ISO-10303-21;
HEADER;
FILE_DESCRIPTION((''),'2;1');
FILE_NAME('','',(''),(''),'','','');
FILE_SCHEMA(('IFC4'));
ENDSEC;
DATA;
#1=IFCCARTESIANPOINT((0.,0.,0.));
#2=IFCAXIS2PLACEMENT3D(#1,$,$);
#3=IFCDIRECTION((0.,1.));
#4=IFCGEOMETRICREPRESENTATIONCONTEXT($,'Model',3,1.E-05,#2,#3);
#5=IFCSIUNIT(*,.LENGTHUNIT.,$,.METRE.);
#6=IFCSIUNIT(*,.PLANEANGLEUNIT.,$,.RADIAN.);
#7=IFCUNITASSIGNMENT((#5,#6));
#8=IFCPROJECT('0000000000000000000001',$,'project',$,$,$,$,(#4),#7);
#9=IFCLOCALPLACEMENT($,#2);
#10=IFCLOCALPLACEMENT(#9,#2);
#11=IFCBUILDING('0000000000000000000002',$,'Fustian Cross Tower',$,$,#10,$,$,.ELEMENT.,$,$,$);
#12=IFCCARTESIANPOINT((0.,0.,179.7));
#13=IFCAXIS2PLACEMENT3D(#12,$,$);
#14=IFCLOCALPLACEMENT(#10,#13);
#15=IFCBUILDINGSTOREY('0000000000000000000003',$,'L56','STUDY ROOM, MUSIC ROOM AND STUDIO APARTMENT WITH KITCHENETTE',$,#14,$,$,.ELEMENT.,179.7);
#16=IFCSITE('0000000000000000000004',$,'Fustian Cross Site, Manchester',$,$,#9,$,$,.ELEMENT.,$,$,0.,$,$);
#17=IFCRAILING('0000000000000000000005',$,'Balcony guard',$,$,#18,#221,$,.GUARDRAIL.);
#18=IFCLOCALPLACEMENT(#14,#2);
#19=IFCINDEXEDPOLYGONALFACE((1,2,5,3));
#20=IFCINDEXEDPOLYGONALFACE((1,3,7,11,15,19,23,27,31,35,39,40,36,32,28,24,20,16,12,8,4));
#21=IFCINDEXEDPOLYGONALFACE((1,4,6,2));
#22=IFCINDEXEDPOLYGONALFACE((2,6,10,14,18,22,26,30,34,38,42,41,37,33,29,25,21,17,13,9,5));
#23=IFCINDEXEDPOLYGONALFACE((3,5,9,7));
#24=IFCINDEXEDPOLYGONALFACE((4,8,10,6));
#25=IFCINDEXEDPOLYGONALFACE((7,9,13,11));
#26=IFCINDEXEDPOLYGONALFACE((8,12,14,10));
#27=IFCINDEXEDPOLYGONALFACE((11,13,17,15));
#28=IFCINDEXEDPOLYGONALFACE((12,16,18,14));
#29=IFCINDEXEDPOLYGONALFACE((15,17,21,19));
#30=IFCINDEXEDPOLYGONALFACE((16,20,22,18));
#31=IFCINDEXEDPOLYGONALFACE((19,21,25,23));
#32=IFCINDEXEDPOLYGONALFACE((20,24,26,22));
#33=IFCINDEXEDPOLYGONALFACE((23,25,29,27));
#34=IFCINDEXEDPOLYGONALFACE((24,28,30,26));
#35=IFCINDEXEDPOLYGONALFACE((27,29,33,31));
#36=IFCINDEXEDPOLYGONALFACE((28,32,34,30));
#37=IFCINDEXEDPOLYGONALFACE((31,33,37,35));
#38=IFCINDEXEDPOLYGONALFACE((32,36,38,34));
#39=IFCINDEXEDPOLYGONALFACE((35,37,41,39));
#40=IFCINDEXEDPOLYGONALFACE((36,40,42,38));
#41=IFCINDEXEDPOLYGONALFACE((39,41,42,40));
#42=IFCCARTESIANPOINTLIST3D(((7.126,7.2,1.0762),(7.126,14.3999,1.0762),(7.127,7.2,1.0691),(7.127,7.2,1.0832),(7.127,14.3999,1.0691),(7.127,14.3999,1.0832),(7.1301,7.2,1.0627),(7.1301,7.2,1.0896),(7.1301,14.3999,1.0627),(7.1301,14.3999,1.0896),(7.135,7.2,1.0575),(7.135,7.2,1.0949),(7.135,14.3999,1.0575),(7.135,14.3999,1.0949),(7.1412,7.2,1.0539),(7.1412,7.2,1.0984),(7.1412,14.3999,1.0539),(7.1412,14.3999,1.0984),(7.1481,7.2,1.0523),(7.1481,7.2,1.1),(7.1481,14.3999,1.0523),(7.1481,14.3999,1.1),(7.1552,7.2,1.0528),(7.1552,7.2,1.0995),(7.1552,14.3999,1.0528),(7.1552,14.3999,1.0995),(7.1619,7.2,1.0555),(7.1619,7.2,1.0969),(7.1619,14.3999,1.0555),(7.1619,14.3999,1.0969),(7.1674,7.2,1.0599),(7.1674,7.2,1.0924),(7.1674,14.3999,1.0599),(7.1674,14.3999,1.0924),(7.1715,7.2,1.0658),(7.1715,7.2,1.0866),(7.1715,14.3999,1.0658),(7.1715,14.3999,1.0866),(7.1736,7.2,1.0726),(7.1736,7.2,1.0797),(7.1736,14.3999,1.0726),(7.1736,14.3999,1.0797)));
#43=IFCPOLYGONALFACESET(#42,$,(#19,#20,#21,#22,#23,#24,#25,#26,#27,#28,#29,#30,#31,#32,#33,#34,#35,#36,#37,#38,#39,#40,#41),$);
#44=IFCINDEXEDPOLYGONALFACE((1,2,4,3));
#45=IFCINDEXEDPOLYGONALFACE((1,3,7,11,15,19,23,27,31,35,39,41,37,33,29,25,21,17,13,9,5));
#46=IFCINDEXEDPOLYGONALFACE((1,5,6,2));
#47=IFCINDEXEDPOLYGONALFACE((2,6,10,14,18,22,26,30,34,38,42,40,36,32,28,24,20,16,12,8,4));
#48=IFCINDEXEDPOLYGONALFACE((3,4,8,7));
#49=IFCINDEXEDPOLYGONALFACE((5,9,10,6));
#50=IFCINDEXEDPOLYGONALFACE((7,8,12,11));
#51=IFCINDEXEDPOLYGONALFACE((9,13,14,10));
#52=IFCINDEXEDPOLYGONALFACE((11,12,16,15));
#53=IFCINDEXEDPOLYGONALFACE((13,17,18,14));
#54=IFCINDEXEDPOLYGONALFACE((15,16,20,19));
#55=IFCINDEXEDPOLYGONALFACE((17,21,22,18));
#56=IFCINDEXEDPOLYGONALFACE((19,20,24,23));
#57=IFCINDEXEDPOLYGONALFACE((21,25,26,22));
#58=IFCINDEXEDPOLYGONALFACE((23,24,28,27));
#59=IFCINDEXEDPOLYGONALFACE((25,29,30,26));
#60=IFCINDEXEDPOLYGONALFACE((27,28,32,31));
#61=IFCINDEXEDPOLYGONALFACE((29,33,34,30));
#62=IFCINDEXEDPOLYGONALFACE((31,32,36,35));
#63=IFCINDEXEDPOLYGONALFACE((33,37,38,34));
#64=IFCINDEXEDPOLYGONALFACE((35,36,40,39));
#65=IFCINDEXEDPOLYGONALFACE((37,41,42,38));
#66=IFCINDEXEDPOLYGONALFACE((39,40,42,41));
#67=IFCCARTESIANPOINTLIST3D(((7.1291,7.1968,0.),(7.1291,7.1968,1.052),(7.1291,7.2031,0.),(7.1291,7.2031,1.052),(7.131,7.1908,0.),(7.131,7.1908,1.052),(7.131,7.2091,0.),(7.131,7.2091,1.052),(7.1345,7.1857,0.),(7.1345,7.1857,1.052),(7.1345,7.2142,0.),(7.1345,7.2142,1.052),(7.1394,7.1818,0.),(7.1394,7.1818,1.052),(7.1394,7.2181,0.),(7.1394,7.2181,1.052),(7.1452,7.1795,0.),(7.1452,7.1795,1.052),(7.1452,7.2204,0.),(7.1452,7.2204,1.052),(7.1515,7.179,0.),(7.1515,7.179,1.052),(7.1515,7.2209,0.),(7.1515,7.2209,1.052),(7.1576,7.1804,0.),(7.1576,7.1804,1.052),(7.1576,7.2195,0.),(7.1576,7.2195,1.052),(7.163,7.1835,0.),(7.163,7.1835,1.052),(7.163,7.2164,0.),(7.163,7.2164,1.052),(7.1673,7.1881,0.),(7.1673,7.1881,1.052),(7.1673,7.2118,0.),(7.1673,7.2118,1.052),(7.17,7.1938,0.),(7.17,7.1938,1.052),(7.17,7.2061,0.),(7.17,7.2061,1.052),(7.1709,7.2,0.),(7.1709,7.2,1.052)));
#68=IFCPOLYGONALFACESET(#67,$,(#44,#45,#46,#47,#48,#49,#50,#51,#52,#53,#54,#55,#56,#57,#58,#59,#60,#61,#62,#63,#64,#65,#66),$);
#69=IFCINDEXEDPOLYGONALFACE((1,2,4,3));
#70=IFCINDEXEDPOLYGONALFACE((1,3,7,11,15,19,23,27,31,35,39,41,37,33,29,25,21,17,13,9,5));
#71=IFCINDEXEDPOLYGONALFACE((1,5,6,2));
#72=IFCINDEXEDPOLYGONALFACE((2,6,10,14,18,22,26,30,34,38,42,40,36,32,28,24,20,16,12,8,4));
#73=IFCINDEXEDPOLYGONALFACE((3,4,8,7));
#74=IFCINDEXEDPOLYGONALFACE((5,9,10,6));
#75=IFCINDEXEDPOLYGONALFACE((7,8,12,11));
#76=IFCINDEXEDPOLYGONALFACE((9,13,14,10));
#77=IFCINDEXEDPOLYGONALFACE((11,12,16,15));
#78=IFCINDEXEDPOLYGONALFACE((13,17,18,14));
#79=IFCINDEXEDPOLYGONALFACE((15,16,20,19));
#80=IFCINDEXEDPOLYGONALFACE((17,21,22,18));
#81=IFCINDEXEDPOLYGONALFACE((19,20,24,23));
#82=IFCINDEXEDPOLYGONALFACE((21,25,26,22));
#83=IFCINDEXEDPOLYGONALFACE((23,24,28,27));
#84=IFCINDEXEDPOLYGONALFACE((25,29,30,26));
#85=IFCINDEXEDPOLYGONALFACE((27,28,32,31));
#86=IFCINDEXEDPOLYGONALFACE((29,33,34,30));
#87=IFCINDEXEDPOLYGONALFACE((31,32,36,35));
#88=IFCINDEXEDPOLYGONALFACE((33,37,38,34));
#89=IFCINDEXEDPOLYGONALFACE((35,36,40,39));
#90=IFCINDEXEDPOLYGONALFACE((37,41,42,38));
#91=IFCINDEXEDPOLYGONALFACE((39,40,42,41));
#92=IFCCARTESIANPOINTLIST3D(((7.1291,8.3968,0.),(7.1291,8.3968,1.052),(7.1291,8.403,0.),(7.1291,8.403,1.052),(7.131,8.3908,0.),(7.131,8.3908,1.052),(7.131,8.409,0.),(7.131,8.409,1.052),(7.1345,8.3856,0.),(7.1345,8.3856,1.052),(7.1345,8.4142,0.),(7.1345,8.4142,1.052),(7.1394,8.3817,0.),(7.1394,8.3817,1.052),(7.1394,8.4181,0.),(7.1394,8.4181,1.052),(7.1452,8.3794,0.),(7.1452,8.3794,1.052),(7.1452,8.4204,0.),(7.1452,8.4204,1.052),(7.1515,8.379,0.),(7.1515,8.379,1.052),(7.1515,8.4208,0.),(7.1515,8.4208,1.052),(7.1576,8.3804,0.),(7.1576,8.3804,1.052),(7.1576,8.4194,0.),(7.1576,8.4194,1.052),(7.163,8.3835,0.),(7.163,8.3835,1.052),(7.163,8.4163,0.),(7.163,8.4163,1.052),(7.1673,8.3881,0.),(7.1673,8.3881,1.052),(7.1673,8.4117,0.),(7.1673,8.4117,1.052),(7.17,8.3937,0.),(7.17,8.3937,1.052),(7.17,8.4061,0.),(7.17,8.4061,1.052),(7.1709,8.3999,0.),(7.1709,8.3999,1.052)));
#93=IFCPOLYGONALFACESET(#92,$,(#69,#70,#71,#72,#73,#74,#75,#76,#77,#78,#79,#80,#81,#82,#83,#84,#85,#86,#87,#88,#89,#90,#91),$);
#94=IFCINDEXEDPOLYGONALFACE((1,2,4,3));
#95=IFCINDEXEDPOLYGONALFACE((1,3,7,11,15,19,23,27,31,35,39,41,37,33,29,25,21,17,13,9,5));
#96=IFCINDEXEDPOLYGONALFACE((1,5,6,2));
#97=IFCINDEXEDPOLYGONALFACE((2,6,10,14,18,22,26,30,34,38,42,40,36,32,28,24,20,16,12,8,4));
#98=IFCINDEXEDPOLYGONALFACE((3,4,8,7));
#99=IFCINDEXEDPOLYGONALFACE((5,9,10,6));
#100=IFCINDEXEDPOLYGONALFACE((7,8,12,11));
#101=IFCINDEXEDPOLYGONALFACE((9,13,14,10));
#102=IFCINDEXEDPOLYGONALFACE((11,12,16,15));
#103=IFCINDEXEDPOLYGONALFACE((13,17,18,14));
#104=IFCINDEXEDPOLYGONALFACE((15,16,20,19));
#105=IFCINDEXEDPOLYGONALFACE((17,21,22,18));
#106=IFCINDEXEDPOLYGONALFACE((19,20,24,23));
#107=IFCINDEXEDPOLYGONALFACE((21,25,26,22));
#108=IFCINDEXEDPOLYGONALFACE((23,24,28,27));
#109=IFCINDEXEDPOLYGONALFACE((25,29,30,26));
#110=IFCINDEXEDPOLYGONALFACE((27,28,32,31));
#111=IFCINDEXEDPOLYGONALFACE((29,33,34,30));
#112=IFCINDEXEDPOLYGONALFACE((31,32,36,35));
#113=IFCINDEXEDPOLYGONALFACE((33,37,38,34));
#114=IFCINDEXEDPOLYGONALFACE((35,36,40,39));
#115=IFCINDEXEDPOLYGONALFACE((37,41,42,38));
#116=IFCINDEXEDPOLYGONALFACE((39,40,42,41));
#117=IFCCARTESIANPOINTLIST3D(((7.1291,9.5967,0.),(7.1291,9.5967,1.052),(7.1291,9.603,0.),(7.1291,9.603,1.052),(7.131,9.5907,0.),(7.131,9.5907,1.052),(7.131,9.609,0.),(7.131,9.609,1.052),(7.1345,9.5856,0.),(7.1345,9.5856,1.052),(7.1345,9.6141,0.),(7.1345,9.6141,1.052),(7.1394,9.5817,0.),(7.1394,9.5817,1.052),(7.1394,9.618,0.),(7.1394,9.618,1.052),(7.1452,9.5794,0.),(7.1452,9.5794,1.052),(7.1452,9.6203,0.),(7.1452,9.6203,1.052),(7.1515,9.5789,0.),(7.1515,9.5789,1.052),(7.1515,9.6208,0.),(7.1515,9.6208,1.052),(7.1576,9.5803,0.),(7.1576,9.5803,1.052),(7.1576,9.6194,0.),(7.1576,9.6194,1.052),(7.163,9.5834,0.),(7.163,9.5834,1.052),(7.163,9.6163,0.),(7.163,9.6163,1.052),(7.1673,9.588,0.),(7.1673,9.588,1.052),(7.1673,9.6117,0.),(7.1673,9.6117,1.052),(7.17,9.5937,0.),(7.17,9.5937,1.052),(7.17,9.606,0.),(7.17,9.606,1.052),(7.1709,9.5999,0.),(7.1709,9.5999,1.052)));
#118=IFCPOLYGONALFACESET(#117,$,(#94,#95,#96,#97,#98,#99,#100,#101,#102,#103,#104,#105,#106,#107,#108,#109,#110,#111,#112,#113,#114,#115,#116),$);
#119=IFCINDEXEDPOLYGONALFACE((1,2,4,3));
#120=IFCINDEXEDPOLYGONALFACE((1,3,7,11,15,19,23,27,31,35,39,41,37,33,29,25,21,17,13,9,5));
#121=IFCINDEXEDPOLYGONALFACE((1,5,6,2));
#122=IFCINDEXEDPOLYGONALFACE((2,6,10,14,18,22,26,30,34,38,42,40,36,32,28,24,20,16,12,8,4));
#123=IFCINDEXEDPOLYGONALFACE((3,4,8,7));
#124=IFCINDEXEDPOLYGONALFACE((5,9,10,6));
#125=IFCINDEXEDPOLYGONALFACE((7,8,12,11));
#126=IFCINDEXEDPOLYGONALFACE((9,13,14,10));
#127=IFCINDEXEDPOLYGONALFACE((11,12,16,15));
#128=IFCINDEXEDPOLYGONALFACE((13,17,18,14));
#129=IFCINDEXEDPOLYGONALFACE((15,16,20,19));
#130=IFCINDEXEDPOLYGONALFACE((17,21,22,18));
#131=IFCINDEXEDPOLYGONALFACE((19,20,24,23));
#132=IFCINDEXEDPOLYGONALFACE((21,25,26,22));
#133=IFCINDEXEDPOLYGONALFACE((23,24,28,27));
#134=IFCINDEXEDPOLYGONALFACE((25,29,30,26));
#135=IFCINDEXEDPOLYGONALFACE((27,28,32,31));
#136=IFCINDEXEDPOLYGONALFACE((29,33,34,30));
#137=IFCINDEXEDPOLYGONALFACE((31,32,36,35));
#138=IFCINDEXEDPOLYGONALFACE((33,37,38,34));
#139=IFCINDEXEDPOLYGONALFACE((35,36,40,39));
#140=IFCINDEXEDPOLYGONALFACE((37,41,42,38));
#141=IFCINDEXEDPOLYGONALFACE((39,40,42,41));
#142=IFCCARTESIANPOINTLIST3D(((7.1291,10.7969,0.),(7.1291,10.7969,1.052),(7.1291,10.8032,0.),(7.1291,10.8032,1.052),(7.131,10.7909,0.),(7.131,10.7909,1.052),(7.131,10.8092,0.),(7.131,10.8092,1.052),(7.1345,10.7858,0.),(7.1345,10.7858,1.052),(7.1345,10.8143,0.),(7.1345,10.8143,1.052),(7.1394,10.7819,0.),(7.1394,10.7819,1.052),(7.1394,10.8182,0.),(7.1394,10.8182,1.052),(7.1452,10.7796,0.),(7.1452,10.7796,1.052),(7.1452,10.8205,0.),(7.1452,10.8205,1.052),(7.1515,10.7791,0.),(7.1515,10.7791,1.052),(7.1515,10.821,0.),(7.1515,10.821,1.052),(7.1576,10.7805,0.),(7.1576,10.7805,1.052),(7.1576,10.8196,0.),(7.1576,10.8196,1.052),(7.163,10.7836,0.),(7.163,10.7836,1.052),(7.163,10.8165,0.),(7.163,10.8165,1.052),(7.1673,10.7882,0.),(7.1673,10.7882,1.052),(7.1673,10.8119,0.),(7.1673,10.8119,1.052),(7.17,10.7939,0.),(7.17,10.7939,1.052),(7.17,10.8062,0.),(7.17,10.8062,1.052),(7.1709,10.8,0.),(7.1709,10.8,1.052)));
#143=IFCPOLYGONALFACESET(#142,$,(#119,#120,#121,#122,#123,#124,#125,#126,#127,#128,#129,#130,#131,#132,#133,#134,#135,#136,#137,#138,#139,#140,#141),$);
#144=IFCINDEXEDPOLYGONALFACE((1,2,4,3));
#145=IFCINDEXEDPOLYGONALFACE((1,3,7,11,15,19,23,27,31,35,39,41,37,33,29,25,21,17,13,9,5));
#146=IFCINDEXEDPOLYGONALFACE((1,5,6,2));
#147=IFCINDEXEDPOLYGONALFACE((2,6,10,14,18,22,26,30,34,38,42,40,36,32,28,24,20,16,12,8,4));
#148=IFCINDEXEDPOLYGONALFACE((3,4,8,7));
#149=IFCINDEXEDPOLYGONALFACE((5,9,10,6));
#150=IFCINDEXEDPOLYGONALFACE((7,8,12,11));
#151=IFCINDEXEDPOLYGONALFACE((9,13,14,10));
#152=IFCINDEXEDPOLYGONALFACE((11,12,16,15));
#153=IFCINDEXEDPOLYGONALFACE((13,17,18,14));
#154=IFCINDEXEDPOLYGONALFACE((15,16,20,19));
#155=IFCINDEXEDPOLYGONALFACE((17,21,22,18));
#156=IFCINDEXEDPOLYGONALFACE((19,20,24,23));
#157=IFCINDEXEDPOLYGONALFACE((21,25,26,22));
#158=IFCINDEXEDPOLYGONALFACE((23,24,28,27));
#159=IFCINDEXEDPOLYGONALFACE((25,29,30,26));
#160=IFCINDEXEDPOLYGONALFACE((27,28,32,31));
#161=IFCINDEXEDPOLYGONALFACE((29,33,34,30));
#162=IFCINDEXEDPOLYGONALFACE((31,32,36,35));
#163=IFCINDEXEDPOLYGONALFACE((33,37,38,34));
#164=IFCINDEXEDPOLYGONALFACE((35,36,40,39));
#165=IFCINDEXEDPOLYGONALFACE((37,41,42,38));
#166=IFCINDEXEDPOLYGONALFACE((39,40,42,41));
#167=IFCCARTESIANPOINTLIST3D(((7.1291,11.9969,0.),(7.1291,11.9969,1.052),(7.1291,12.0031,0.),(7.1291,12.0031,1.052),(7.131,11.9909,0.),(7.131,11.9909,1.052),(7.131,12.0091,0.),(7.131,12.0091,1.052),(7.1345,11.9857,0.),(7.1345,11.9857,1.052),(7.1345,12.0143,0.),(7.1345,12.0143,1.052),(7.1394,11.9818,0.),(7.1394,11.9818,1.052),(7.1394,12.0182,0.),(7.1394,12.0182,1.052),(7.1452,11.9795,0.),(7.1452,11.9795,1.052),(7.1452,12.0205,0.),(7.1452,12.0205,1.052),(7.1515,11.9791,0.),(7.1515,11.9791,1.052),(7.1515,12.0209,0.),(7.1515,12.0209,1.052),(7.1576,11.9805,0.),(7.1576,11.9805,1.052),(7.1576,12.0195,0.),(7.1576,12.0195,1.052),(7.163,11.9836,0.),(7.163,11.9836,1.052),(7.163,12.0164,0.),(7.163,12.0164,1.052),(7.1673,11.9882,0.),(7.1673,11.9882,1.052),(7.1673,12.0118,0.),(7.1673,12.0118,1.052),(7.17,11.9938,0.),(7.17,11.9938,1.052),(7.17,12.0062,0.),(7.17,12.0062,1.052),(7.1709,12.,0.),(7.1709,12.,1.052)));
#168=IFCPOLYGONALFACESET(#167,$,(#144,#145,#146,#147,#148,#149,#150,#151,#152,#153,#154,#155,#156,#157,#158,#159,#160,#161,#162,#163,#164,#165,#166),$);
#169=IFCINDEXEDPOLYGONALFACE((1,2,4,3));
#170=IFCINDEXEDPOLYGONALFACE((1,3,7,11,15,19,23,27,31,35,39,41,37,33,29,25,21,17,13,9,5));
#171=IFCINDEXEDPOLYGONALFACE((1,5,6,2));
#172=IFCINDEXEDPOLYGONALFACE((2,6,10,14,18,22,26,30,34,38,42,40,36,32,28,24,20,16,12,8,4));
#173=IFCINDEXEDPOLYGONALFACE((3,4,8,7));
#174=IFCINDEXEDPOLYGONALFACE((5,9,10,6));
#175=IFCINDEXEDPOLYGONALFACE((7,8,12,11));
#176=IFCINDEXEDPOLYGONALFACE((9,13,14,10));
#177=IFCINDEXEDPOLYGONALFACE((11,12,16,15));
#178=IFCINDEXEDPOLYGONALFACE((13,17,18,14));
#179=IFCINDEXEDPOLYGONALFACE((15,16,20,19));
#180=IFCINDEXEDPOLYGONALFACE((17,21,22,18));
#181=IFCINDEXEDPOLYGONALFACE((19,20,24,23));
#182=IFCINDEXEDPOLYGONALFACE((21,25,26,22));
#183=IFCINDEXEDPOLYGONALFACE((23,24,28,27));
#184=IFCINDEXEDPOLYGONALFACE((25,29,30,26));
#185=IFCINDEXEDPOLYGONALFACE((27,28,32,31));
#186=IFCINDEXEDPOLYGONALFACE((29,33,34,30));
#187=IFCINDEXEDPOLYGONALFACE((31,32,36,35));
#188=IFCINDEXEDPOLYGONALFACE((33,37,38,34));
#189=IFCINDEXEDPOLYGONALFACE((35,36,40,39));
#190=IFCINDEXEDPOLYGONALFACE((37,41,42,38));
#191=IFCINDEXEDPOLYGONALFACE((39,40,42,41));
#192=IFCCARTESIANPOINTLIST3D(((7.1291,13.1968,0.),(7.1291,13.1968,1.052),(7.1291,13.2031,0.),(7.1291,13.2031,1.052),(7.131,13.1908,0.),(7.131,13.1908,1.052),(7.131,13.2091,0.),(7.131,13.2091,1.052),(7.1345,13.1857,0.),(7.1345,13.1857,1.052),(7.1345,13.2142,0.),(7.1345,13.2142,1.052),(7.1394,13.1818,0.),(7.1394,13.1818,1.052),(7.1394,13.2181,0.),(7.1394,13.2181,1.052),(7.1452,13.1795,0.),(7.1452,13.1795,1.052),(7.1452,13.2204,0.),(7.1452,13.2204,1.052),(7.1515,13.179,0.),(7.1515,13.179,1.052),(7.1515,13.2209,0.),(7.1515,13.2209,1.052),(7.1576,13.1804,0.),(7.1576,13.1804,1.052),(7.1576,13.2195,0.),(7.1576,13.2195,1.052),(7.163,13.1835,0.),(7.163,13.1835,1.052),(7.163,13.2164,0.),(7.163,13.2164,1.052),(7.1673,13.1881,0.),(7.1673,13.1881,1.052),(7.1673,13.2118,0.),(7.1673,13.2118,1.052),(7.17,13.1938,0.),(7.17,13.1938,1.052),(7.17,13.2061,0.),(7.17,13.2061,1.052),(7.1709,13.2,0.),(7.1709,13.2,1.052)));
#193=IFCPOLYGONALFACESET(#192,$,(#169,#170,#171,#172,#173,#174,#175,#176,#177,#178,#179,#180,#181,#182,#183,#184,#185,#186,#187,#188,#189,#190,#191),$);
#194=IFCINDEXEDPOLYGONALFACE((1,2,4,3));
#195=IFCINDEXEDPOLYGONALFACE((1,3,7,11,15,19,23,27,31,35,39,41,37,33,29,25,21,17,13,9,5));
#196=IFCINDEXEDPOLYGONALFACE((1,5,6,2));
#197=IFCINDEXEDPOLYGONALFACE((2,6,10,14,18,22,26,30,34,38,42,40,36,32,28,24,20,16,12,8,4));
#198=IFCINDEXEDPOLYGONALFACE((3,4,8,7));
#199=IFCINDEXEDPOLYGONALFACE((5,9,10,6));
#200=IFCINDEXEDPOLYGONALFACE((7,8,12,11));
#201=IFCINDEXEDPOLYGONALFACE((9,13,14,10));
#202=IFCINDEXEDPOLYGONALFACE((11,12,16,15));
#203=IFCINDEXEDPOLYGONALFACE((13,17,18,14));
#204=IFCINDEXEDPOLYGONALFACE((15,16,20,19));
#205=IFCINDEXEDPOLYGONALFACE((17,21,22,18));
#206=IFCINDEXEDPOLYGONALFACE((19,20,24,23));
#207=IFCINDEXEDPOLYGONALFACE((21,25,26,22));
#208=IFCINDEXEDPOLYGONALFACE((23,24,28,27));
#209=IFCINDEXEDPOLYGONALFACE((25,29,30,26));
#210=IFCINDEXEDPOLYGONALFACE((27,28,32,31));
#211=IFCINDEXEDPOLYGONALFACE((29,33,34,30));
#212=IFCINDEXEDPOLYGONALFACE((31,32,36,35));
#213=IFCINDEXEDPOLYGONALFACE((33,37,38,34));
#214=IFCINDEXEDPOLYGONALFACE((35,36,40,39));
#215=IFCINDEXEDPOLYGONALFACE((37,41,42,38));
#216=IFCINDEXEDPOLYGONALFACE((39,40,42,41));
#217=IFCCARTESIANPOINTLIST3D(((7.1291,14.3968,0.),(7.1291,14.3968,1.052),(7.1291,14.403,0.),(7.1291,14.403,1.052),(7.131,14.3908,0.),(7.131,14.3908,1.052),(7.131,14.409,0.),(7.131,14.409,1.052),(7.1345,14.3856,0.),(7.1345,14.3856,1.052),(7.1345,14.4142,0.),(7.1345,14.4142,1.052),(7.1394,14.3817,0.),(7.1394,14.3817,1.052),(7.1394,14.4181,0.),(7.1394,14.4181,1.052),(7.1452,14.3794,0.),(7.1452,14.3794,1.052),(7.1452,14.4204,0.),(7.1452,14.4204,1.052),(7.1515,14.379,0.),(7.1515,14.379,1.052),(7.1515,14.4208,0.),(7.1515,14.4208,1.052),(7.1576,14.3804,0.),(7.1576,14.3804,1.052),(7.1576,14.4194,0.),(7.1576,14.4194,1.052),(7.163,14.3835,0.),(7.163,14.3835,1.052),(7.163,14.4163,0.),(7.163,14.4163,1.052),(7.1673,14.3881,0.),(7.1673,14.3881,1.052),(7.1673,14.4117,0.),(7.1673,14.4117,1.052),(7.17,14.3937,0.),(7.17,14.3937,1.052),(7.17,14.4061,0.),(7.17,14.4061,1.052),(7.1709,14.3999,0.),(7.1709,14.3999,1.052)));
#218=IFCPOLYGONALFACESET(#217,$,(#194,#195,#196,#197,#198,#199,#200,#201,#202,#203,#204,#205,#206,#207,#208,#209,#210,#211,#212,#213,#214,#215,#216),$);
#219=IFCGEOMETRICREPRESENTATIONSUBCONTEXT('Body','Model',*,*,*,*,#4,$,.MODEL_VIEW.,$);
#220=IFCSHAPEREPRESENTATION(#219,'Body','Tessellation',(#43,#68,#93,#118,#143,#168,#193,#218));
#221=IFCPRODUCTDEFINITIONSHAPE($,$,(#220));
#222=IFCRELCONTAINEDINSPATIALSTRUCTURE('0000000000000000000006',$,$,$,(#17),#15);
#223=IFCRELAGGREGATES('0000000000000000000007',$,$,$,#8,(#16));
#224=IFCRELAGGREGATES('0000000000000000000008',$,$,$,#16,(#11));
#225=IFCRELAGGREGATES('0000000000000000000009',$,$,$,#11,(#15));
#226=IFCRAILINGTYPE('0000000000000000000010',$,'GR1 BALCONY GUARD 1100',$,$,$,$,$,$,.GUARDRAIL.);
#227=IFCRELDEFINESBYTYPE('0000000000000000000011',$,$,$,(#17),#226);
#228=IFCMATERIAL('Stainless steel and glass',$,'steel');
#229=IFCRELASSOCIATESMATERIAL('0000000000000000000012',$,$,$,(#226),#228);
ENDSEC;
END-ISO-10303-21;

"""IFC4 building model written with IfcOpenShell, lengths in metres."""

from ifc_helpers import new_model, si_unit, direction, frame, origin, origin_2d, place, context, subcontext, project, spatial, circle, extrude, material, type_object, element, save


model = new_model("IFC4")

# Units and contexts
model_context = context("Model", 3, precision=1e-05, world=origin(), true_north=direction((0.0, 1.0)))
body_context = subcontext(model_context, "Body", "Model", "MODEL_VIEW")
ifc_project = project(units=[si_unit("LENGTHUNIT", "METRE"), si_unit("PLANEANGLEUNIT", "RADIAN")], contexts=[model_context])

# Site, building, storey
site_placement = place(None, origin())
site = spatial("IfcSite", under=ifc_project, at=site_placement, Name="Fustian Cross Site, Manchester", CompositionType="ELEMENT", RefElevation=0.0)
building_placement = place(site_placement, origin())
building = spatial("IfcBuilding", under=site, at=building_placement, Name="Fustian Cross Tower", CompositionType="ELEMENT")
storey_placement = place(building_placement, frame((0.0, 0.0, 179.7)))
storey = spatial("IfcBuildingStorey", under=building, at=storey_placement, Name="L56", Description="STUDY ROOM, MUSIC ROOM AND STUDIO APARTMENT WITH KITCHENETTE", CompositionType="ELEMENT", Elevation=179.7)

# Railing
ifc_material_1 = material(Name="Stainless steel and glass", Category="steel")
railing_type = type_object("IfcRailingType", Name="GR1 BALCONY GUARD 1100", PredefinedType="GUARDRAIL", material=ifc_material_1)
railing_placement = place(storey_placement, frame((7.1499, 7.2, 0.0)))
element("IfcRailing", 1, at=railing_placement, inside=storey, type_object=railing_type, Name="Balcony guard", PredefinedType="GUARDRAIL", context=body_context, shape_type="SweptSolid", body=[
    extrude(circle(Radius=0.0239, at=origin_2d()), frame((0.0, 0.0, 1.0762), z_axis=(0.0, 1.0, 0.0), x_axis=(-1.0, 0.0, 0.0)), (0.0, 0.0, 1.0), 7.2),
    extrude(circle(Radius=0.021, at=origin_2d()), origin(), (0.0, 0.0, 1.0), 1.052),
    extrude(circle(Radius=0.021, at=origin_2d()), frame((0.0, 1.2, 0.0)), (0.0, 0.0, 1.0), 1.052),
    extrude(circle(Radius=0.021, at=origin_2d()), frame((0.0, 2.3999, 0.0)), (0.0, 0.0, 1.0), 1.052),
    extrude(circle(Radius=0.021, at=origin_2d()), frame((0.0, 3.6001, 0.0)), (0.0, 0.0, 1.0), 1.052),
    extrude(circle(Radius=0.021, at=origin_2d()), frame((0.0, 4.8, 0.0)), (0.0, 0.0, 1.0), 1.052),
    extrude(circle(Radius=0.021, at=origin_2d()), frame((0.0, 6.0, 0.0)), (0.0, 0.0, 1.0), 1.052),
    extrude(circle(Radius=0.021, at=origin_2d()), frame((0.0, 7.2, 0.0)), (0.0, 0.0, 1.0), 1.052),
])

save(model, "model.ifc")
